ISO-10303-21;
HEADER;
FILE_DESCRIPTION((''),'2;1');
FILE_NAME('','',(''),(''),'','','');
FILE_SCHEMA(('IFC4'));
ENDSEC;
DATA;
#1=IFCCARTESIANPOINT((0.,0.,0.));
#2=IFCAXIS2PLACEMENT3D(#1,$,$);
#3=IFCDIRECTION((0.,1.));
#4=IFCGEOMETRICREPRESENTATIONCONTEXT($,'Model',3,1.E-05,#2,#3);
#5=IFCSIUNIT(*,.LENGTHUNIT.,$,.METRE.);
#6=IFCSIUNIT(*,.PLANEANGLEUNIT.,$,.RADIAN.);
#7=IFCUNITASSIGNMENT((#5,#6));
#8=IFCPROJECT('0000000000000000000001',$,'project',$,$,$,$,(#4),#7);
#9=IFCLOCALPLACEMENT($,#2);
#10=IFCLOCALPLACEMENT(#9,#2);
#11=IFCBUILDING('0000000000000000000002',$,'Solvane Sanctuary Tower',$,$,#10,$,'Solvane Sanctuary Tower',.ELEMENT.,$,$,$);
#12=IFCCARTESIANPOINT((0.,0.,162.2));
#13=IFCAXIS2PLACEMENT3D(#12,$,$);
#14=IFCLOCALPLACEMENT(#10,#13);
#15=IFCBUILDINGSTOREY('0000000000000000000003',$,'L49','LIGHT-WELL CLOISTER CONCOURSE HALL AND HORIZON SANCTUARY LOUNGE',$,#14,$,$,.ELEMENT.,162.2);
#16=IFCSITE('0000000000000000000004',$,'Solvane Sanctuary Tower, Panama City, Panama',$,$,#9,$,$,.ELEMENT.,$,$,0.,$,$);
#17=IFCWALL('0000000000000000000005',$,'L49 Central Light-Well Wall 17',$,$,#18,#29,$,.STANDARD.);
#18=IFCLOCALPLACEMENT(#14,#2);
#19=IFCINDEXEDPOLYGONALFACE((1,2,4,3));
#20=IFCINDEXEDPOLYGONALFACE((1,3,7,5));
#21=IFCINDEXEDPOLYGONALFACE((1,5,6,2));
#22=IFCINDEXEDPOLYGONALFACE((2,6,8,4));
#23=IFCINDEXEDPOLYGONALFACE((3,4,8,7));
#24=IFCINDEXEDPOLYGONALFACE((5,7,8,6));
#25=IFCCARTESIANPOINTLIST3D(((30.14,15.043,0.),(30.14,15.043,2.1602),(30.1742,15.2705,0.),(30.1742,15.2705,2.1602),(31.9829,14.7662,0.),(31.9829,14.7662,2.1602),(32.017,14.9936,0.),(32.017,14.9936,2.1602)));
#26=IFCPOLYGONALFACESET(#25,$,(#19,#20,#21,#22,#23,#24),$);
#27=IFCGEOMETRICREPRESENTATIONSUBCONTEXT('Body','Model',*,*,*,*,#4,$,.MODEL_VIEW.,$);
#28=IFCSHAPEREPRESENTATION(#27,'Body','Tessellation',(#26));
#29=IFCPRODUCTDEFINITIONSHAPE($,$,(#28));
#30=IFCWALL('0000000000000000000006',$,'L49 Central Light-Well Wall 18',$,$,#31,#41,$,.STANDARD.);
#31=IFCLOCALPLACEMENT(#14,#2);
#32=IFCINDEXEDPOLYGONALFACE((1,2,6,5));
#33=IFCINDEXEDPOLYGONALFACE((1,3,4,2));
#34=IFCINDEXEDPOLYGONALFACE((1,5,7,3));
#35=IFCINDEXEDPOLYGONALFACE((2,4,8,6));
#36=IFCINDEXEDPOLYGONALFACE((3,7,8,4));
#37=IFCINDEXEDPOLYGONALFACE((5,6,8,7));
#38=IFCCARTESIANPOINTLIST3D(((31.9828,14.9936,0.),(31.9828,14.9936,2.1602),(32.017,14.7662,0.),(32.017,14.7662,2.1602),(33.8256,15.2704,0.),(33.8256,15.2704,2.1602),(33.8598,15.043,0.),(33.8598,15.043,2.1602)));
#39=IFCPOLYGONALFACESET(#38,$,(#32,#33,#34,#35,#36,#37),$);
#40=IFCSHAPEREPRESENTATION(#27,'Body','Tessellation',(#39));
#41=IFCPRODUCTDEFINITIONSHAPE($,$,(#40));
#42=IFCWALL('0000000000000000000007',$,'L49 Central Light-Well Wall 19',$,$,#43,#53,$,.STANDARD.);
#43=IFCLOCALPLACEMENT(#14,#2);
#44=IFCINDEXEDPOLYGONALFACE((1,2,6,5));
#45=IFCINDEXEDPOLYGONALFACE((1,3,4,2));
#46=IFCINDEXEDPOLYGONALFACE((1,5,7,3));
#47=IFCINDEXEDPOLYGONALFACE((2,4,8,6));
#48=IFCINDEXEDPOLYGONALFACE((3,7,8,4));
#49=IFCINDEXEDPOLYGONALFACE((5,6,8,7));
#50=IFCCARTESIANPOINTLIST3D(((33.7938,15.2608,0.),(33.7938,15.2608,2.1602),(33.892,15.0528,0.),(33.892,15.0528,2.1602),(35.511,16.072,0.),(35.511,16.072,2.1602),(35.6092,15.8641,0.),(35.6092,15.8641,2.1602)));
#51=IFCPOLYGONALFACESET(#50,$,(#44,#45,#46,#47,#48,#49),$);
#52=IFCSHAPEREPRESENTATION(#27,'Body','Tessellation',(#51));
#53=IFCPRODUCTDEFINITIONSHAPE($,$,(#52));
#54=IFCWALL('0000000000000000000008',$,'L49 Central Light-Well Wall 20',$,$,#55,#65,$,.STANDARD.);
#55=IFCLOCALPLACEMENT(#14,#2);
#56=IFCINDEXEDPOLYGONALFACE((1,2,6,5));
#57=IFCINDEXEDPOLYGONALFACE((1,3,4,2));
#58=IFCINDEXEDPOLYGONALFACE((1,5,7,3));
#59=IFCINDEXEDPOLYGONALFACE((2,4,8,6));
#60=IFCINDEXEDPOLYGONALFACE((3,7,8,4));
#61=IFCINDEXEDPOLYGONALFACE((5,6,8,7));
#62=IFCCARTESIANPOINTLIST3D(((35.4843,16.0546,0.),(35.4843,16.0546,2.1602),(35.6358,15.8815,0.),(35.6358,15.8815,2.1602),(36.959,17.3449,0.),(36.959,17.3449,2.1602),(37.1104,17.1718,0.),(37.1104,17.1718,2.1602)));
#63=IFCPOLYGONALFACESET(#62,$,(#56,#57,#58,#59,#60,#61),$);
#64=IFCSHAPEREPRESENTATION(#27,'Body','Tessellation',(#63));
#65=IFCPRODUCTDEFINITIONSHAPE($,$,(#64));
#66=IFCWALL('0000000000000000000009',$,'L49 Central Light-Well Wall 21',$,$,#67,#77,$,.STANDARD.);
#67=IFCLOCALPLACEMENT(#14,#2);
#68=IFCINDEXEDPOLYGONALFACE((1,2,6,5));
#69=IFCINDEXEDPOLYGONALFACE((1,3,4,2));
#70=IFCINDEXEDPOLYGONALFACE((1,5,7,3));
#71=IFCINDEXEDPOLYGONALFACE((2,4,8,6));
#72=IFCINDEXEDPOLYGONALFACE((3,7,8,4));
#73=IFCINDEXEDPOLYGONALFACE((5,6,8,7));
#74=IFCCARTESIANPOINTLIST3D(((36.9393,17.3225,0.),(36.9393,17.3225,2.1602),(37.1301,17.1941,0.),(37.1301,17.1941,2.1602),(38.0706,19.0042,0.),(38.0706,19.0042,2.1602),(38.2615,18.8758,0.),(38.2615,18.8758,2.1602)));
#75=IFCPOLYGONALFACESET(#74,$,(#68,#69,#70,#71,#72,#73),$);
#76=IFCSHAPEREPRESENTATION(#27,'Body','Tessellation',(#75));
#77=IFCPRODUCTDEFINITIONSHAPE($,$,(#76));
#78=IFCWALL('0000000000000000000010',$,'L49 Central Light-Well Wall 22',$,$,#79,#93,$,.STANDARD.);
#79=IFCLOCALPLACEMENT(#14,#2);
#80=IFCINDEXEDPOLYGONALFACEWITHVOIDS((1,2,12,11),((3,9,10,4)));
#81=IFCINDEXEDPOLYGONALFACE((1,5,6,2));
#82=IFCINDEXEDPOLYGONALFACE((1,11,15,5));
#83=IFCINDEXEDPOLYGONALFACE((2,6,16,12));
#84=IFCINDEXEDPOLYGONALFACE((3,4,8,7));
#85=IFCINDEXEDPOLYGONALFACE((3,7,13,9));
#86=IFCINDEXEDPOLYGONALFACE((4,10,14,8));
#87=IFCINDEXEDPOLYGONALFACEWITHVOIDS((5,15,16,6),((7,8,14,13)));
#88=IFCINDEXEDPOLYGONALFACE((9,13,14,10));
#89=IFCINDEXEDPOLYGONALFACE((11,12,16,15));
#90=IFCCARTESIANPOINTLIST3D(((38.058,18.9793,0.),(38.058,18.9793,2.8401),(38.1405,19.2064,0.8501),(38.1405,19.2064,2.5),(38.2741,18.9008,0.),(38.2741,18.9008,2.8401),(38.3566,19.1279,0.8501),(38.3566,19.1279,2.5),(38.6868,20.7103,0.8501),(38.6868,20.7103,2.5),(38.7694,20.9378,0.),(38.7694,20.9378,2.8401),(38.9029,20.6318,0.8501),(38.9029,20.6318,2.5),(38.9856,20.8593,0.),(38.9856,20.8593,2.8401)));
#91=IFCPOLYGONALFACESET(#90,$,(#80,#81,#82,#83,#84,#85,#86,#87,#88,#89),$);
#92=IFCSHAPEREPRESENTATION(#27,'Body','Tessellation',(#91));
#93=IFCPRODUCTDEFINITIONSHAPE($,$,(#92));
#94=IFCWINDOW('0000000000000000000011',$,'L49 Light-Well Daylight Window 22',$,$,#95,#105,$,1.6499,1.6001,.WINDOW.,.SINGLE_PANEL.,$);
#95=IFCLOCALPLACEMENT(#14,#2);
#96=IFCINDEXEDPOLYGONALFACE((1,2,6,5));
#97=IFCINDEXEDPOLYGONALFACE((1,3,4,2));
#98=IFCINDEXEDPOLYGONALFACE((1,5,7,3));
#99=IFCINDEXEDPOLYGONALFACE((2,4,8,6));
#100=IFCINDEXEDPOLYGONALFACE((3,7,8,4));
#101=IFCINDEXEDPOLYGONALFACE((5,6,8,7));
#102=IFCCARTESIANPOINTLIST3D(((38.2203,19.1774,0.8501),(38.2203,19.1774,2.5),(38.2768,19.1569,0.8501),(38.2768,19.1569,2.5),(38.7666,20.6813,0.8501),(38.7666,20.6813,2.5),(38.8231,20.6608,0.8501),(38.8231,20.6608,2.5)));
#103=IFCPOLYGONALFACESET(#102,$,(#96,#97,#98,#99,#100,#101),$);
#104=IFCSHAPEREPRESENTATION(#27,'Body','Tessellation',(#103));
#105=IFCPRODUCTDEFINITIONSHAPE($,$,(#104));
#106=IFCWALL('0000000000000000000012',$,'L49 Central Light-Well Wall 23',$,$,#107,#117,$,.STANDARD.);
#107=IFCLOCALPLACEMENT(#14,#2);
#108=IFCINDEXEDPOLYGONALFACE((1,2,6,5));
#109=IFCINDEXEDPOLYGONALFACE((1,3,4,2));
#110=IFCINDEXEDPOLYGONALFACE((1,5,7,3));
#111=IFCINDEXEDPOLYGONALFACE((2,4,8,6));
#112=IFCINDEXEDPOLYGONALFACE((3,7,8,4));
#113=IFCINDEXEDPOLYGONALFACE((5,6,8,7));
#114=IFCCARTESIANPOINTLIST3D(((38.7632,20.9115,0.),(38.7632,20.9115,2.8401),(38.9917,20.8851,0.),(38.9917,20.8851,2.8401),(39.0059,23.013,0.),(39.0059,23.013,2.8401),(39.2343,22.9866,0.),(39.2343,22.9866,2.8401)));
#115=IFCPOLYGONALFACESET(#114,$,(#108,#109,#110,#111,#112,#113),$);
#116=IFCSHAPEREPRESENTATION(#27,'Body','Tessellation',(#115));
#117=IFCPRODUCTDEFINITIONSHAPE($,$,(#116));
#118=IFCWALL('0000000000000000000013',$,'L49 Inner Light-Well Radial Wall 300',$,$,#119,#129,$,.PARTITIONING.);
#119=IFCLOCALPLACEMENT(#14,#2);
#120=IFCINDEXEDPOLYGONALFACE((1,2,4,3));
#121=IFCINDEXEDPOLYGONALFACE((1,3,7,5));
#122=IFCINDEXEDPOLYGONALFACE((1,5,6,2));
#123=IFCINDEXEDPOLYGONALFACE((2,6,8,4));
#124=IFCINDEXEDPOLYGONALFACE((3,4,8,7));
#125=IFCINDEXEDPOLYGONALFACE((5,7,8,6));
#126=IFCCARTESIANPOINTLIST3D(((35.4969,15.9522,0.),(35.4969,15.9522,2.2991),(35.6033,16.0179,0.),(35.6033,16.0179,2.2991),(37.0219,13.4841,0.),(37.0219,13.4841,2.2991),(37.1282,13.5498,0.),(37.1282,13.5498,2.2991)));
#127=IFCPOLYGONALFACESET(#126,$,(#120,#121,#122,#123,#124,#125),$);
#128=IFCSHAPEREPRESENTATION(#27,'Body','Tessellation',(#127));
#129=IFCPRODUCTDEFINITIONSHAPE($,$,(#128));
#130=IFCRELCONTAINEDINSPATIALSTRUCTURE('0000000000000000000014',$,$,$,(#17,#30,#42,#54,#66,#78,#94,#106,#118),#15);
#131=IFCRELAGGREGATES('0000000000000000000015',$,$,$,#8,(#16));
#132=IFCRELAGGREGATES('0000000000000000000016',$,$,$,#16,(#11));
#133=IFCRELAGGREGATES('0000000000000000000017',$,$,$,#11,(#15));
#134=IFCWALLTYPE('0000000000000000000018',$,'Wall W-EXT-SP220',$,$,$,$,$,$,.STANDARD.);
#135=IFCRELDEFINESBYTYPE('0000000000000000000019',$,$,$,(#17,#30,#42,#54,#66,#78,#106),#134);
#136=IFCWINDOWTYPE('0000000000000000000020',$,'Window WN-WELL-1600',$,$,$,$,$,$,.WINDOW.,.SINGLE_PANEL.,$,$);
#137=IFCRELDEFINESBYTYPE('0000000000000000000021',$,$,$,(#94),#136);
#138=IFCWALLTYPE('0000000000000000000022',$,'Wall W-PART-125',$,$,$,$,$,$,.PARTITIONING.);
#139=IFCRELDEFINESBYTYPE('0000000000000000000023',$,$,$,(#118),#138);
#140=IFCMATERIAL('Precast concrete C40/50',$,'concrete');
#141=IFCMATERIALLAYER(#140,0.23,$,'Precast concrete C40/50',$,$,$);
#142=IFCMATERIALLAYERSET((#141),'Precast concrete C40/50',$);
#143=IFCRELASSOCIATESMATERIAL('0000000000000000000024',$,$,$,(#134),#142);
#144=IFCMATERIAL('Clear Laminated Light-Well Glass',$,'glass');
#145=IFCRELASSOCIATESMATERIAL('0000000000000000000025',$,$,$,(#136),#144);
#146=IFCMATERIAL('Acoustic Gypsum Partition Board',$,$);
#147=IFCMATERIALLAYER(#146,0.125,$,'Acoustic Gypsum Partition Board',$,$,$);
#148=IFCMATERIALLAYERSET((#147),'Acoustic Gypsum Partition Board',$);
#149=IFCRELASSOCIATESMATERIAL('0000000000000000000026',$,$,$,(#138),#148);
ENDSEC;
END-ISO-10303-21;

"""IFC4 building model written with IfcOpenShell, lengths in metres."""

from ifc_helpers import new_model, si_unit, direction, frame, frame_2d, origin, place, context, subcontext, project, spatial, rectangle, extrude, material, layer, layer_set, type_object, element, fill, save


model = new_model("IFC4")

# Units and contexts
model_context = context("Model", 3, precision=1e-05, world=origin(), true_north=direction((0.0, 1.0)))
body_context = subcontext(model_context, "Body", "Model", "MODEL_VIEW")
ifc_project = project(units=[si_unit("LENGTHUNIT", "METRE"), si_unit("PLANEANGLEUNIT", "RADIAN")], contexts=[model_context])

# Site, building, storey
site_placement = place(None, origin())
site = spatial("IfcSite", under=ifc_project, at=site_placement, Name="Solvane Sanctuary Tower, Panama City, Panama", CompositionType="ELEMENT", RefElevation=0.0)
building_placement = place(site_placement, origin())
building = spatial("IfcBuilding", under=site, at=building_placement, Name="Solvane Sanctuary Tower", LongName="Solvane Sanctuary Tower", CompositionType="ELEMENT")
storey_placement = place(building_placement, frame((0.0, 0.0, 162.2)))
storey = spatial("IfcBuildingStorey", under=building, at=storey_placement, Name="L49", Description="LIGHT-WELL CLOISTER CONCOURSE HALL AND HORIZON SANCTUARY LOUNGE", CompositionType="ELEMENT", Elevation=162.2)

# Walls
ifc_material_1 = material(Name="Precast concrete C40/50", Category="concrete")
ifc_layer_1 = layer(ifc_material_1, 0.23, Name="Precast concrete C40/50")
ifc_layer_set_1 = layer_set([ifc_layer_1], Name="Precast concrete C40/50")
wall_type_1 = type_object("IfcWallType", Name="Wall W-EXT-SP220", PredefinedType="STANDARD", material=ifc_layer_set_1)
for number, where, z_axis, x_axis, name in (
    (1, (30.1572, 15.1567, 0.0), (0.0, 0.0, 1.0), (0.988902, -0.148571, 0.0), "L49 Central Light-Well Wall 17"),
    (2, (32.0, 14.8799, 0.0), (0.0, 0.0, 1.0), (0.988902, 0.148571, 0.0), "L49 Central Light-Well Wall 18"),
):
    element("IfcWall", number, at=place(storey_placement, frame(where, z_axis=z_axis, x_axis=x_axis)), inside=storey, type_object=wall_type_1, Name=name, PredefinedType="STANDARD", context=body_context, shape_type="SweptSolid", body=[
        extrude(rectangle(XDim=1.8635, YDim=0.23, at=frame_2d((0.9316, 0.0))), origin(), (0.0, 0.0, 1.0), 2.1602),
    ])
wall_1_placement = place(storey_placement, frame((33.8428, 15.1567, 0.0), z_axis=(0.0, 0.0, 1.0), x_axis=(0.90418, 0.427152, 0.0)))
element("IfcWall", 3, at=wall_1_placement, inside=storey, type_object=wall_type_1, Name="L49 Central Light-Well Wall 19", PredefinedType="STANDARD", context=body_context, shape_type="SweptSolid", body=[
    extrude(rectangle(XDim=1.8992, YDim=0.23, at=frame_2d((0.9497, 0.0))), origin(), (0.0, 0.0, 1.0), 2.1602),
])
wall_2_placement = place(storey_placement, frame((35.5601, 15.968, 0.0), z_axis=(0.0, 0.0, 1.0), x_axis=(0.752577, 0.658505, 0.0)))
element("IfcWall", 4, at=wall_2_placement, inside=storey, type_object=wall_type_1, Name="L49 Central Light-Well Wall 20", PredefinedType="STANDARD", context=body_context, shape_type="SweptSolid", body=[
    extrude(rectangle(XDim=1.9595, YDim=0.23, at=frame_2d((0.9797, 0.0))), origin(), (0.0, 0.0, 1.0), 2.1602),
])
wall_3_placement = place(storey_placement, frame((37.0347, 17.2583, 0.0), z_axis=(0.0, 0.0, 1.0), x_axis=(0.558198, 0.829708, 0.0)))
element("IfcWall", 5, at=wall_3_placement, inside=storey, type_object=wall_type_1, Name="L49 Central Light-Well Wall 21", PredefinedType="STANDARD", context=body_context, shape_type="SweptSolid", body=[
    extrude(rectangle(XDim=2.0269, YDim=0.23, at=frame_2d((1.0134, 0.0))), origin(), (0.0, 0.0, 1.0), 2.1602),
])

# Wall, opening, window
wall_4_placement = place(storey_placement, frame((38.166, 18.9399, 0.0), z_axis=(0.0, 0.0, 1.0), x_axis=(0.341423, 0.93991, 0.0)))
wall_4 = element("IfcWall", 6, at=wall_4_placement, inside=storey, type_object=wall_type_1, Name="L49 Central Light-Well Wall 22", PredefinedType="STANDARD", context=body_context, shape_type="SweptSolid", body=[
    extrude(rectangle(XDim=2.0837, YDim=0.23, at=frame_2d((1.042, 0.0))), origin(), (0.0, 0.0, 1.0), 2.8401),
])
opening_placement = place(wall_4_placement, frame((0.2417, 0.0, 0.8501)))
opening = element("IfcOpeningElement", 7, at=opening_placement, cuts=wall_4, PredefinedType="OPENING", context=body_context, shape_type="SweptSolid", body=[
    extrude(rectangle(XDim=1.6001, YDim=1.6499, at=frame_2d((0.8, 0.825))), frame((0.0, 0.125, 0.0), z_axis=(0.0, -1.0, 0.0), x_axis=(1.0, 0.0, 0.0)), (0.0, 0.0, 1.0), 0.25),
])
ifc_material_2 = material(Name="Clear Laminated Light-Well Glass", Category="glass")
window_type = type_object("IfcWindowType", Name="Window WN-WELL-1600", PartitioningType="SINGLE_PANEL", PredefinedType="WINDOW", material=ifc_material_2)
window_placement = place(opening_placement, origin())
window = element("IfcWindow", 8, at=window_placement, inside=storey, type_object=window_type, Name="L49 Light-Well Daylight Window 22", OverallHeight=1.6499, OverallWidth=1.6001, PartitioningType="SINGLE_PANEL", PredefinedType="WINDOW", context=body_context, shape_type="SweptSolid", body=[
    extrude(rectangle(XDim=1.6001, YDim=1.6499, at=frame_2d((0.8, 0.825))), frame((0.0, 0.03, 0.0), z_axis=(0.0, -1.0, 0.0), x_axis=(1.0, 0.0, 0.0)), (0.0, 0.0, 1.0), 0.0601),
])
fill(opening, window)

# Walls
wall_5_placement = place(storey_placement, frame((38.8774, 20.8984, 0.0), z_axis=(0.0, 0.0, 1.0), x_axis=(0.114712, 0.993399, 0.0)))
element("IfcWall", 9, at=wall_5_placement, inside=storey, type_object=wall_type_1, Name="L49 Central Light-Well Wall 23", PredefinedType="STANDARD", context=body_context, shape_type="SweptSolid", body=[
    extrude(rectangle(XDim=2.1155, YDim=0.23, at=frame_2d((1.0576, 0.0))), origin(), (0.0, 0.0, 1.0), 2.8401),
])
ifc_material_3 = material(Name="Acoustic Gypsum Partition Board")
ifc_layer_2 = layer(ifc_material_3, 0.125, Name="Acoustic Gypsum Partition Board")
ifc_layer_set_2 = layer_set([ifc_layer_2], Name="Acoustic Gypsum Partition Board")
wall_type_2 = type_object("IfcWallType", Name="Wall W-PART-125", PredefinedType="PARTITIONING", material=ifc_layer_set_2)
wall_6_placement = place(storey_placement, frame((35.55, 15.9851, 0.0), z_axis=(0.0, 0.0, 1.0), x_axis=(0.525627, -0.850715, 0.0)))
element("IfcWall", 10, at=wall_6_placement, inside=storey, type_object=wall_type_2, Name="L49 Inner Light-Well Radial Wall 300", PredefinedType="PARTITIONING", context=body_context, shape_type="SweptSolid", body=[
    extrude(rectangle(XDim=2.9011, YDim=0.125, at=frame_2d((1.4507, 0.0))), origin(), (0.0, 0.0, 1.0), 2.2991),
])

save(model, "model.ifc")
